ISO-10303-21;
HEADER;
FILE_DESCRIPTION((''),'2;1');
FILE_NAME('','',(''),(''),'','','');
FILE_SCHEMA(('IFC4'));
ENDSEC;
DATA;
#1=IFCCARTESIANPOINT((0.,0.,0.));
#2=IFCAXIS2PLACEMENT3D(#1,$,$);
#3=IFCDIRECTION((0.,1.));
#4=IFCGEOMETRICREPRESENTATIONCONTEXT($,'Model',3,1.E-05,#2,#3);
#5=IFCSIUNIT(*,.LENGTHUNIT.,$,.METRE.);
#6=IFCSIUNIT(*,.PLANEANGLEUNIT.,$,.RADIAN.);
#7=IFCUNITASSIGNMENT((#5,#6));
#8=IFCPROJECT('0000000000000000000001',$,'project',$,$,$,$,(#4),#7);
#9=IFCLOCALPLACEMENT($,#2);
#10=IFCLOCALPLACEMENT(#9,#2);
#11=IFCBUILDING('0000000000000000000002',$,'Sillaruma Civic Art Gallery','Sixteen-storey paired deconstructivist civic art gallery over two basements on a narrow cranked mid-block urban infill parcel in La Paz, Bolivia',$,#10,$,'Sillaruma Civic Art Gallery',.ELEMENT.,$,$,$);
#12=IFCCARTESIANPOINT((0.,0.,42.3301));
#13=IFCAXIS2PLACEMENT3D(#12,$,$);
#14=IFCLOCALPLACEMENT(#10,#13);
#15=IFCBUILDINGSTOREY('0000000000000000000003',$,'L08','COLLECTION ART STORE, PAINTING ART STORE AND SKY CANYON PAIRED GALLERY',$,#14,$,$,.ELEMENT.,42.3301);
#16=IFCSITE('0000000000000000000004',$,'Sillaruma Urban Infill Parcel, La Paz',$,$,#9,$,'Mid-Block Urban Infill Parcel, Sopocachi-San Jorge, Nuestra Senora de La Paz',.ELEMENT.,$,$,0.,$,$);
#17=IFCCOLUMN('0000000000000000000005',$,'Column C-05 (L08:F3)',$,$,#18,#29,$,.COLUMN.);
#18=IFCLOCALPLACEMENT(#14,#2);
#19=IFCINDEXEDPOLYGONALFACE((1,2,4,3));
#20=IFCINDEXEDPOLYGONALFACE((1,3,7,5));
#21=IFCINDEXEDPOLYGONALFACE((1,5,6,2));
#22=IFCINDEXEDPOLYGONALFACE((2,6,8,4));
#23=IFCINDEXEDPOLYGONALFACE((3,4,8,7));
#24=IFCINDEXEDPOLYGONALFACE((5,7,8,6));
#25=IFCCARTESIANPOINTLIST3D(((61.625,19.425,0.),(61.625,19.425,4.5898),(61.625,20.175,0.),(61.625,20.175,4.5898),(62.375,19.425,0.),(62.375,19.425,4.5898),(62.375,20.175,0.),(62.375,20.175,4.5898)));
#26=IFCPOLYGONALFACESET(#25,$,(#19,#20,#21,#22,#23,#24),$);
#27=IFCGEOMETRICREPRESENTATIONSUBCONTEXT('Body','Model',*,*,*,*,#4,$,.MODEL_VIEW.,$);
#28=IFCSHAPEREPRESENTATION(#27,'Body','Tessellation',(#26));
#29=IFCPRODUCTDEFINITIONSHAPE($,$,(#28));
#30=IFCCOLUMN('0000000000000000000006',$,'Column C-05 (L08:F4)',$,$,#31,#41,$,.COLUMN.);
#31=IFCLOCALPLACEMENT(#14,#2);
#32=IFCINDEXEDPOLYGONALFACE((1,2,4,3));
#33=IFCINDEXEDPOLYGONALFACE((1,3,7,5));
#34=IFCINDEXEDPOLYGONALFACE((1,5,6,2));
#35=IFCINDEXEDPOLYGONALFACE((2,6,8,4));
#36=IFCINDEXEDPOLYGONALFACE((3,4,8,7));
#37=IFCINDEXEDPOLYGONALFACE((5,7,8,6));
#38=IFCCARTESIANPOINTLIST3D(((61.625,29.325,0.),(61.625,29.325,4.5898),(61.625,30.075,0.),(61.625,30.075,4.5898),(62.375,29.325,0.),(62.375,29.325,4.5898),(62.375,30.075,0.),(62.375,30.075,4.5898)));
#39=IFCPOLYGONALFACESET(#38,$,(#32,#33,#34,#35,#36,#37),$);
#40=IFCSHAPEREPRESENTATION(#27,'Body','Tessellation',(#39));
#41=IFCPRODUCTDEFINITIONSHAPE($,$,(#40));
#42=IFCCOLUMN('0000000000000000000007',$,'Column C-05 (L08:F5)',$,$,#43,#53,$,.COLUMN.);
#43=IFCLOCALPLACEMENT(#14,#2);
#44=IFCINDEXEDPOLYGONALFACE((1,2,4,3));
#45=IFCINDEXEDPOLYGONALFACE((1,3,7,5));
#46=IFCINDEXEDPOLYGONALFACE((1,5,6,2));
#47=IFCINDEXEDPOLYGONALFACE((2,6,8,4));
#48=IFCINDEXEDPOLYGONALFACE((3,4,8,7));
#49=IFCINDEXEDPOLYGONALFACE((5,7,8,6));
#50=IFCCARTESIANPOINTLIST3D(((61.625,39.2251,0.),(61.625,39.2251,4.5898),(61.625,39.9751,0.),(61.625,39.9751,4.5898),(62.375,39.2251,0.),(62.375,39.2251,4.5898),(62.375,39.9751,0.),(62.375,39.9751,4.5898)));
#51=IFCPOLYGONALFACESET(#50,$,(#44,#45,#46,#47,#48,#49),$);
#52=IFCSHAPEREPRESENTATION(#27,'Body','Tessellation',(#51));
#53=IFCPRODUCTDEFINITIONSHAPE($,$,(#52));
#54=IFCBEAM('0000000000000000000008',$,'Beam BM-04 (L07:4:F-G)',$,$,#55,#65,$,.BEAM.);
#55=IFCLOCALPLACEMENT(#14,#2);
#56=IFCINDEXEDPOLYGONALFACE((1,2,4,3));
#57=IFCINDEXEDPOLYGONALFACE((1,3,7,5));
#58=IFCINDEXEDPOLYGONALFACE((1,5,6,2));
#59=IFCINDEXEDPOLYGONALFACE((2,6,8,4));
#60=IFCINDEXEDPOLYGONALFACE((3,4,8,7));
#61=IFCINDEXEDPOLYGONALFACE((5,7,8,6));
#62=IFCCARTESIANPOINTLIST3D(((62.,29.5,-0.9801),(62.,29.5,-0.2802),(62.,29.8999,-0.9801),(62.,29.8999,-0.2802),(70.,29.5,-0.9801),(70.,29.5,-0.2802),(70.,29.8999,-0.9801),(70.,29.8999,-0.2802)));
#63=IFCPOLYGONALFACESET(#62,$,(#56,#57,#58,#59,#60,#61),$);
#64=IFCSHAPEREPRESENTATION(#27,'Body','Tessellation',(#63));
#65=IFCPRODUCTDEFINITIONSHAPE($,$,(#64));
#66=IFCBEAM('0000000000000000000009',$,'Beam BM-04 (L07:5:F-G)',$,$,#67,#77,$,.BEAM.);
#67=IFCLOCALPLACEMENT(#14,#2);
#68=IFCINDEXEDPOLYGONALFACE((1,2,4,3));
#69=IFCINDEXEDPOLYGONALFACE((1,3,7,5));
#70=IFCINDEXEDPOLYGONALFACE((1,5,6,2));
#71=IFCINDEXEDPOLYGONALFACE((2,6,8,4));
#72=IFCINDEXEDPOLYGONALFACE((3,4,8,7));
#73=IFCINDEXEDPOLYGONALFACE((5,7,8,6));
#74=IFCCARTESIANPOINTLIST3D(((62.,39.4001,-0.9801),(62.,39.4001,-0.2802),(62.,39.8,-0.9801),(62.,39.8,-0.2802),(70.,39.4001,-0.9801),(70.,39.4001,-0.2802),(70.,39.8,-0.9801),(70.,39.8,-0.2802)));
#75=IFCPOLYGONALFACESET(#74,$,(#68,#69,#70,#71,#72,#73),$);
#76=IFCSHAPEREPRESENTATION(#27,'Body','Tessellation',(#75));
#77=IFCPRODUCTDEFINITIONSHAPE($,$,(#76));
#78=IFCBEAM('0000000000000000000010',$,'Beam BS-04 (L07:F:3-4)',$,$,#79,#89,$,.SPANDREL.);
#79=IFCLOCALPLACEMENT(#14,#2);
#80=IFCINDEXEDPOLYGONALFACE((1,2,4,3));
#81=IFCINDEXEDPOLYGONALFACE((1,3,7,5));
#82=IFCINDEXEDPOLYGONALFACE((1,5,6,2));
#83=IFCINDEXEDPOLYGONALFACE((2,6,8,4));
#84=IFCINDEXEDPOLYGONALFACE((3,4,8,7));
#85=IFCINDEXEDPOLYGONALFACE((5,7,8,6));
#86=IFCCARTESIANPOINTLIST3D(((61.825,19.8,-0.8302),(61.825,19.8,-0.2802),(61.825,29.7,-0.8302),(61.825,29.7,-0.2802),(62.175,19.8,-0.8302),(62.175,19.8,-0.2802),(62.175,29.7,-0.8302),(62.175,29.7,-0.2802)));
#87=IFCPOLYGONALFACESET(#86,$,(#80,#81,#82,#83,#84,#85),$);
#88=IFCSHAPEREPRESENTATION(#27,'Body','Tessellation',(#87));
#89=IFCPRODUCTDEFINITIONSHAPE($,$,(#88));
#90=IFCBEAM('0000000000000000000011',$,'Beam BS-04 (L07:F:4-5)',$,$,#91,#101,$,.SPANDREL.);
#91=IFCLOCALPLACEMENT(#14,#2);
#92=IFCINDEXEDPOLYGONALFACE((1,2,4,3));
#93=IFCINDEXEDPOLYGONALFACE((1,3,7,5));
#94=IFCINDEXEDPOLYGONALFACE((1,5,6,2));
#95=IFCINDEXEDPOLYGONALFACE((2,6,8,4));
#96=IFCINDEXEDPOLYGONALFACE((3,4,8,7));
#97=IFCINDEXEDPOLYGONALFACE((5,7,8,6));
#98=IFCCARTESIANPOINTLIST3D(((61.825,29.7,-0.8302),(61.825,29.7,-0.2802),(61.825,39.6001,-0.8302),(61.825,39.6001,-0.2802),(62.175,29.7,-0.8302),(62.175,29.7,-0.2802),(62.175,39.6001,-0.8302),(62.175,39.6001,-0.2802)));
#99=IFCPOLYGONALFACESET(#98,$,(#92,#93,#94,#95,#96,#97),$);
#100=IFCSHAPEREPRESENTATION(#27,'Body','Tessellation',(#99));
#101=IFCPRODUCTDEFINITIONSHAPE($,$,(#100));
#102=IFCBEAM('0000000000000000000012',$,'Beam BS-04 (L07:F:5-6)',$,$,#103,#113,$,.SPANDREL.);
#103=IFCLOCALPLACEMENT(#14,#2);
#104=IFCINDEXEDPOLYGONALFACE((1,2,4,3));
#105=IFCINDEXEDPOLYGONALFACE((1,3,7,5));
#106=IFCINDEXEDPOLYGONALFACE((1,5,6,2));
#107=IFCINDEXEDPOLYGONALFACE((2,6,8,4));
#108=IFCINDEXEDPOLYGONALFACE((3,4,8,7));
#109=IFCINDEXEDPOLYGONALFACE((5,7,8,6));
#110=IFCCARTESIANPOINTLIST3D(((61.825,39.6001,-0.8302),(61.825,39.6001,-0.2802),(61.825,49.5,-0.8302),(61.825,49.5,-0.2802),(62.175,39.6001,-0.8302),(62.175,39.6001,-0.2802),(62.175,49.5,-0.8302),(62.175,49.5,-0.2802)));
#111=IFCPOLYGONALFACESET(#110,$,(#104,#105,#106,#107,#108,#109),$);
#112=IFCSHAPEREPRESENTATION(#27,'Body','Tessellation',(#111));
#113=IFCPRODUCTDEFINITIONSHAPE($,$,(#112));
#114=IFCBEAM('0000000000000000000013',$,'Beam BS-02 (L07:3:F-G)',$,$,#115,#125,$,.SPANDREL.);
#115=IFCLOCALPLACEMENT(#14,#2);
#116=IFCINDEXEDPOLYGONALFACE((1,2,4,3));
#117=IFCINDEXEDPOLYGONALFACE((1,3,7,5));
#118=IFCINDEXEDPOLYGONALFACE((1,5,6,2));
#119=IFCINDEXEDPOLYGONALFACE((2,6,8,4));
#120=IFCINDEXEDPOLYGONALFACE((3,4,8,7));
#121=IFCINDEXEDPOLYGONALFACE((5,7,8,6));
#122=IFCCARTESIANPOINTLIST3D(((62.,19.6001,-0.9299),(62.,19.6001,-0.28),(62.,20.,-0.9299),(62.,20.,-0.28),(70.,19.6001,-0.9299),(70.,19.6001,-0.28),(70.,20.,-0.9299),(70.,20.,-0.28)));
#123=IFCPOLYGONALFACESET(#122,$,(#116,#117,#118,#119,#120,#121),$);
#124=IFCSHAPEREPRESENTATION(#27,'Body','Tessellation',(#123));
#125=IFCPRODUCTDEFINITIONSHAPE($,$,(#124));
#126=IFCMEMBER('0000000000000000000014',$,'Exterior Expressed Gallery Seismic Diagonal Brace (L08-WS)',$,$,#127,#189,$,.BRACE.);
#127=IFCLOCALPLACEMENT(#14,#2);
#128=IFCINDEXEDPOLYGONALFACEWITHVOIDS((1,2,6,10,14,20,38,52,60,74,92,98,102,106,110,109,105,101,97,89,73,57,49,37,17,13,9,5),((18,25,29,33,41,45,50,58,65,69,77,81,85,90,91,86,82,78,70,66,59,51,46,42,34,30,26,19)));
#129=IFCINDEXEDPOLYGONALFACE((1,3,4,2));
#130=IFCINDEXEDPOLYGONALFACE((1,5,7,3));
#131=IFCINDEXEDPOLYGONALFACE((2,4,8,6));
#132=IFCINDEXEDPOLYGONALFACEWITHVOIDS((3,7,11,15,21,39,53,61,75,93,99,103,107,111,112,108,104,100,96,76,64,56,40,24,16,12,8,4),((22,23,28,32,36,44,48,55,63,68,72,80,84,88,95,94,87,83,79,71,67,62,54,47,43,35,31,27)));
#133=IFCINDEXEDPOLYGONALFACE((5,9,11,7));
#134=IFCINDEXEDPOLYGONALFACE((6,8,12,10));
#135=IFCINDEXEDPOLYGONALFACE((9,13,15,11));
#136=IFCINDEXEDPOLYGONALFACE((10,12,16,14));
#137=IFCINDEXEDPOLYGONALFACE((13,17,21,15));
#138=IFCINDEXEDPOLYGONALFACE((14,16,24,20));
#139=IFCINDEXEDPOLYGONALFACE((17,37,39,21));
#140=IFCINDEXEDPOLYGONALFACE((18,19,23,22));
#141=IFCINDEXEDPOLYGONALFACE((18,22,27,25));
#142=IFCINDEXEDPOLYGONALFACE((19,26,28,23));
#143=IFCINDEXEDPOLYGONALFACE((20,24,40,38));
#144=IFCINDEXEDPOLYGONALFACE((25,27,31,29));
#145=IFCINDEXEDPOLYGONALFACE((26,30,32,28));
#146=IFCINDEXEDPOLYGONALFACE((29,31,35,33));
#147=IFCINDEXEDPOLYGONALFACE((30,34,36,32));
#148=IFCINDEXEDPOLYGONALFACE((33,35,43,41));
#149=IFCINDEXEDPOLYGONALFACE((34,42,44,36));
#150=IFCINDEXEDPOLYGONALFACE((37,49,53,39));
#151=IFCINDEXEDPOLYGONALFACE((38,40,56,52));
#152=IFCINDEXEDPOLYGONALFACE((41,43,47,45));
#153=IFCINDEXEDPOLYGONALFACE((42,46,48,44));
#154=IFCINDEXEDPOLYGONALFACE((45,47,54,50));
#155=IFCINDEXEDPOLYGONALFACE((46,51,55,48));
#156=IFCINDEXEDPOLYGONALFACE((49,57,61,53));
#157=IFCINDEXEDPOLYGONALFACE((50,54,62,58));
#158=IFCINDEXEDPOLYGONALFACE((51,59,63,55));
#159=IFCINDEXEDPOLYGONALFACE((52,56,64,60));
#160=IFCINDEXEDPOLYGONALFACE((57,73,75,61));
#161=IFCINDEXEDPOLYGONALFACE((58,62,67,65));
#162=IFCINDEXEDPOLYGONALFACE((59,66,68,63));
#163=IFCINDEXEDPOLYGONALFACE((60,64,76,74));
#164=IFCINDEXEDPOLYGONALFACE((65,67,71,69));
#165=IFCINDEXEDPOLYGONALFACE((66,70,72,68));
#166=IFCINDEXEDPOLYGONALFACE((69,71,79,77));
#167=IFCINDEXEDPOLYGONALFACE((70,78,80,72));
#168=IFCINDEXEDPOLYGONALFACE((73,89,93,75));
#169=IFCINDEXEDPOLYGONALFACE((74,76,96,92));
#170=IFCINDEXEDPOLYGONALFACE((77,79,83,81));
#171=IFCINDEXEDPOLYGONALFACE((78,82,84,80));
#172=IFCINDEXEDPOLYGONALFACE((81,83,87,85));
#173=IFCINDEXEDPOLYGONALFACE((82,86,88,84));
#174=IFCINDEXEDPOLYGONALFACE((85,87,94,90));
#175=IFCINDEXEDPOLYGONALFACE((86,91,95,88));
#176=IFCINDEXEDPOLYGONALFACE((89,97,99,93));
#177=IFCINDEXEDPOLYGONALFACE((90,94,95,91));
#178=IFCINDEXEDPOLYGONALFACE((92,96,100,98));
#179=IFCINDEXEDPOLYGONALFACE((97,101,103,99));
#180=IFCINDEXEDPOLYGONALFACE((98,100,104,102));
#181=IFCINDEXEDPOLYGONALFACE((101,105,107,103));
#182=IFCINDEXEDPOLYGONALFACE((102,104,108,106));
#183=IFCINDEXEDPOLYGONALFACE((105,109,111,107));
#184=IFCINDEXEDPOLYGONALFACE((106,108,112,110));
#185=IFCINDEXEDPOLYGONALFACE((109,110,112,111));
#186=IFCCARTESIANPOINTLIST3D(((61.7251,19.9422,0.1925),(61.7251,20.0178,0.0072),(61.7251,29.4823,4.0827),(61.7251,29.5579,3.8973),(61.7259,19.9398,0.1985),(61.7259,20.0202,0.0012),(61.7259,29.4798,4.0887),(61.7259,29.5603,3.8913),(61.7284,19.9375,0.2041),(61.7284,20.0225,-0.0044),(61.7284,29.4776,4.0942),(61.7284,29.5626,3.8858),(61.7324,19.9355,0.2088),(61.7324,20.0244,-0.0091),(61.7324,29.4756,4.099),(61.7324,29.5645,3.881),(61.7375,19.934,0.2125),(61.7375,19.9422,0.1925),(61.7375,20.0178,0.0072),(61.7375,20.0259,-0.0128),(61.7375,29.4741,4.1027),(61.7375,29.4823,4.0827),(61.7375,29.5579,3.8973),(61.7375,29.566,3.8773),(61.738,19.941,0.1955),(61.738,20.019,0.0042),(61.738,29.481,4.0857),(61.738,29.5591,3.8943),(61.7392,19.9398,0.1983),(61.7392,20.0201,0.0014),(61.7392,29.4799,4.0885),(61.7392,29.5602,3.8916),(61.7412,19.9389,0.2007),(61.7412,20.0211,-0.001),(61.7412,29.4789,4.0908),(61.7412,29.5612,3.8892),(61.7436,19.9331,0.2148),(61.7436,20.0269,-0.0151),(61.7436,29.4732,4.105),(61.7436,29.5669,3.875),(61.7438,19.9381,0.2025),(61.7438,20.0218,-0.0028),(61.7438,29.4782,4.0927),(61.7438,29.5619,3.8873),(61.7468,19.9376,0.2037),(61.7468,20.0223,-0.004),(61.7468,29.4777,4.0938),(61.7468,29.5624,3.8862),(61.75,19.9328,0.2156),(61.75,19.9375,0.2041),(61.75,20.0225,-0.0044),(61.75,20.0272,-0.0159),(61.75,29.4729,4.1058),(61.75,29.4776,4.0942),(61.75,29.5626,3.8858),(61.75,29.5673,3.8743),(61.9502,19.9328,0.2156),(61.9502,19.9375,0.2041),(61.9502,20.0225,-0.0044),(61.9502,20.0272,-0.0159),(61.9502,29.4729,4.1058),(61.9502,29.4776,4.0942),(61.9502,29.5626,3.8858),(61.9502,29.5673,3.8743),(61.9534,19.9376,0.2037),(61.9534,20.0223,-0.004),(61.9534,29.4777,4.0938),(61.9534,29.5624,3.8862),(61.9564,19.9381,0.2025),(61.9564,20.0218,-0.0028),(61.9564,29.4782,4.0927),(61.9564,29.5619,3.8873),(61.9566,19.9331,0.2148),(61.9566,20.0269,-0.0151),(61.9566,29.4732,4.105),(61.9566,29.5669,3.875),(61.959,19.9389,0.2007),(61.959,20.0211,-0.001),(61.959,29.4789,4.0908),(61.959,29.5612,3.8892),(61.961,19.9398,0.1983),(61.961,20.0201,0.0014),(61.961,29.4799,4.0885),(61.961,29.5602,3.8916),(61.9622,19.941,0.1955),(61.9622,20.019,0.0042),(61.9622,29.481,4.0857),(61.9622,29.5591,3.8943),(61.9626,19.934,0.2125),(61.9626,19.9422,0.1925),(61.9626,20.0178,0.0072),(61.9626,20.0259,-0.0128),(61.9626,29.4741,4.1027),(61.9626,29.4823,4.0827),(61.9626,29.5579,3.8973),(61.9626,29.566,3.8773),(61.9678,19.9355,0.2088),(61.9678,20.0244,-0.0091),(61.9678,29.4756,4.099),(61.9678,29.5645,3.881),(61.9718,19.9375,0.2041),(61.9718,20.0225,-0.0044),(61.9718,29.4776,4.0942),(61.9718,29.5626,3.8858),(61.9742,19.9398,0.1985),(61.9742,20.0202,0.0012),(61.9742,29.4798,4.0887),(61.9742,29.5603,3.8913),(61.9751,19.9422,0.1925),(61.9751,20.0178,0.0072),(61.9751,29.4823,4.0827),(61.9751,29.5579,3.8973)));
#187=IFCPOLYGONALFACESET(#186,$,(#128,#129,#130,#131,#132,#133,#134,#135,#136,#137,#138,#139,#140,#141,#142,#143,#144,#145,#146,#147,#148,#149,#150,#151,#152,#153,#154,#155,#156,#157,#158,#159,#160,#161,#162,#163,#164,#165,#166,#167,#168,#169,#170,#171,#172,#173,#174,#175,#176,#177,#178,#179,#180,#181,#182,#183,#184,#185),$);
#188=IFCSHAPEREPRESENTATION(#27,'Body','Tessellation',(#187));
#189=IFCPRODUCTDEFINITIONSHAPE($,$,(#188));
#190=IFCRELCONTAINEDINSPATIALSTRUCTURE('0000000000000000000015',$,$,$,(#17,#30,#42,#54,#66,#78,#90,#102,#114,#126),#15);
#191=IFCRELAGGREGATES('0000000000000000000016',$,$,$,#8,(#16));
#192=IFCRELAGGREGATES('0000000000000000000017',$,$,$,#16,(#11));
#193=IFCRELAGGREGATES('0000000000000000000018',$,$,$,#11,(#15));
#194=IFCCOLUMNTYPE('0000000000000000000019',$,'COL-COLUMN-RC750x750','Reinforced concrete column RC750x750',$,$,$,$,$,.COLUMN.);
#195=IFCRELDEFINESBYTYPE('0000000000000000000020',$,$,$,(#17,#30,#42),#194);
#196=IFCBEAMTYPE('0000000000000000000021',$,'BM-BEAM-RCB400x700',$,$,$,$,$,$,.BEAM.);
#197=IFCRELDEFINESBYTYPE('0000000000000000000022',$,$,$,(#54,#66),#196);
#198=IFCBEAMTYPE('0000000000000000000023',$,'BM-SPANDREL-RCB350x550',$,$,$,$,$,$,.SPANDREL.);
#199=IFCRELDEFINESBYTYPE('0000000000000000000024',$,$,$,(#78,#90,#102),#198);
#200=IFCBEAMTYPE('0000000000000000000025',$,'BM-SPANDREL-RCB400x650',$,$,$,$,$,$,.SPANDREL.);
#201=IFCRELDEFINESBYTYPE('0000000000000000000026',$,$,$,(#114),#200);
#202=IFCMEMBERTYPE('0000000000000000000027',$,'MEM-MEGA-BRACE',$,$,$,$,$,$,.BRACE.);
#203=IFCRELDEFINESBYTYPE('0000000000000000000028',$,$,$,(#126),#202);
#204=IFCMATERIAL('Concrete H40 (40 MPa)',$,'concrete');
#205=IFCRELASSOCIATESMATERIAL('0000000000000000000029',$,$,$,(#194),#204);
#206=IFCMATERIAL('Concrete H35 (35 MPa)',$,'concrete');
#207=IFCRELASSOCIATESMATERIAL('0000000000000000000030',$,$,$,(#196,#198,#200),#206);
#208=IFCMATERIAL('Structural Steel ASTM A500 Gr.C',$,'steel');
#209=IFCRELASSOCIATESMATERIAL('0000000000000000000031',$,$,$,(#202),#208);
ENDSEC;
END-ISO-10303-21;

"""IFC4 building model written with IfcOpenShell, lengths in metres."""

from ifc_helpers import new_model, si_unit, direction, frame, origin, origin_2d, place, context, subcontext, project, spatial, rectangle, hollow_rectangle, extrude, material, material_profile, profile_set, type_object, element, save


model = new_model("IFC4")

# Units and contexts
model_context = context("Model", 3, precision=1e-05, world=origin(), true_north=direction((0.0, 1.0)))
body_context = subcontext(model_context, "Body", "Model", "MODEL_VIEW")
ifc_project = project(units=[si_unit("LENGTHUNIT", "METRE"), si_unit("PLANEANGLEUNIT", "RADIAN")], contexts=[model_context])

# Site, building, storey
site_placement = place(None, origin())
site = spatial("IfcSite", under=ifc_project, at=site_placement, Name="Sillaruma Urban Infill Parcel, La Paz", LongName="Mid-Block Urban Infill Parcel, Sopocachi-San Jorge, Nuestra Senora de La Paz", CompositionType="ELEMENT", RefElevation=0.0)
building_placement = place(site_placement, origin())
building = spatial("IfcBuilding", under=site, at=building_placement, Name="Sillaruma Civic Art Gallery", Description="Sixteen-storey paired deconstructivist civic art gallery over two basements on a narrow cranked mid-block urban infill parcel in La Paz, Bolivia", LongName="Sillaruma Civic Art Gallery", CompositionType="ELEMENT")
storey_placement = place(building_placement, frame((0.0, 0.0, 42.3301)))
storey = spatial("IfcBuildingStorey", under=building, at=storey_placement, Name="L08", Description="COLLECTION ART STORE, PAINTING ART STORE AND SKY CANYON PAIRED GALLERY", CompositionType="ELEMENT", Elevation=42.3301)

# Columns
ifc_material_1 = material(Name="Concrete H40 (40 MPa)", Category="concrete")
ifc_material_profile_1 = material_profile(ifc_material_1, rectangle(XDim=0.75, YDim=0.75, at=origin_2d()), Name="RC750x750")
ifc_profile_set_1 = profile_set([ifc_material_profile_1], Name="Concrete H40 (40 MPa)")
column_type = type_object("IfcColumnType", Name="COL-COLUMN-RC750x750", Description="Reinforced concrete column RC750x750", PredefinedType="COLUMN", material=ifc_profile_set_1)
for number, where, z_axis, x_axis, name in (
    (1, (62.0, 19.8, 0.0), (0.0, 0.0, 1.0), (1.0, 0.0, 0.0), "Column C-05 (L08:F3)"),
    (2, (62.0, 29.7, 0.0), (0.0, 0.0, 1.0), (1.0, 0.0, 0.0), "Column C-05 (L08:F4)"),
    (3, (62.0, 39.6001, 0.0), (0.0, 0.0, 1.0), (1.0, 0.0, 0.0), "Column C-05 (L08:F5)"),
):
    element("IfcColumn", number, at=place(storey_placement, frame(where, z_axis=z_axis, x_axis=x_axis)), inside=storey, type_object=column_type, Name=name, PredefinedType="COLUMN", context=body_context, shape_type="SweptSolid", body=[
        extrude(rectangle(XDim=0.75, YDim=0.75, at=origin_2d()), origin(), (0.0, 0.0, 1.0), 4.5898),
    ])

# Beams
ifc_material_2 = material(Name="Concrete H35 (35 MPa)", Category="concrete")
ifc_material_profile_2 = material_profile(ifc_material_2, rectangle(XDim=0.3999, YDim=0.7, at=origin_2d()), Name="RCB400x700")
ifc_profile_set_2 = profile_set([ifc_material_profile_2], Name="Concrete H35 (35 MPa)")
beam_type_1 = type_object("IfcBeamType", Name="BM-BEAM-RCB400x700", PredefinedType="BEAM", material=ifc_profile_set_2)
for number, where, z_axis, x_axis, name in (
    (4, (62.0, 29.7, -0.6301), (1.0, 0.0, 0.0), (0.0, 1.0, 0.0), "Beam BM-04 (L07:4:F-G)"),
    (5, (62.0, 39.6001, -0.6301), (1.0, 0.0, 0.0), (0.0, 1.0, 0.0), "Beam BM-04 (L07:5:F-G)"),
):
    element("IfcBeam", number, at=place(storey_placement, frame(where, z_axis=z_axis, x_axis=x_axis)), inside=storey, type_object=beam_type_1, Name=name, PredefinedType="BEAM", context=body_context, shape_type="SweptSolid", body=[
        extrude(rectangle(XDim=0.3999, YDim=0.7, at=origin_2d()), origin(), (0.0, 0.0, 1.0), 8.0),
    ])
ifc_material_profile_3 = material_profile(ifc_material_2, rectangle(XDim=0.3501, YDim=0.55, at=origin_2d()), Name="RCB350x550")
ifc_profile_set_3 = profile_set([ifc_material_profile_3], Name="Concrete H35 (35 MPa)")
beam_type_2 = type_object("IfcBeamType", Name="BM-SPANDREL-RCB350x550", PredefinedType="SPANDREL", material=ifc_profile_set_3)
beam_1_placement = place(storey_placement, frame((62.0, 19.8, -0.5552), z_axis=(0.0, 1.0, 0.0), x_axis=(-1.0, 0.0, 0.0)))
element("IfcBeam", 6, at=beam_1_placement, inside=storey, type_object=beam_type_2, Name="Beam BS-04 (L07:F:3-4)", PredefinedType="SPANDREL", context=body_context, shape_type="SweptSolid", body=[
    extrude(rectangle(XDim=0.3501, YDim=0.55, at=origin_2d()), origin(), (0.0, 0.0, 1.0), 9.8999),
])
beam_2_placement = place(storey_placement, frame((62.0, 29.7, -0.5552), z_axis=(0.0, 1.0, 0.0), x_axis=(-1.0, 0.0, 0.0)))
element("IfcBeam", 7, at=beam_2_placement, inside=storey, type_object=beam_type_2, Name="Beam BS-04 (L07:F:4-5)", PredefinedType="SPANDREL", context=body_context, shape_type="SweptSolid", body=[
    extrude(rectangle(XDim=0.3501, YDim=0.55, at=origin_2d()), origin(), (0.0, 0.0, 1.0), 9.9001),
])
beam_3_placement = place(storey_placement, frame((62.0, 39.6001, -0.5552), z_axis=(0.0, 1.0, 0.0), x_axis=(-1.0, 0.0, 0.0)))
element("IfcBeam", 8, at=beam_3_placement, inside=storey, type_object=beam_type_2, Name="Beam BS-04 (L07:F:5-6)", PredefinedType="SPANDREL", context=body_context, shape_type="SweptSolid", body=[
    extrude(rectangle(XDim=0.3501, YDim=0.55, at=origin_2d()), origin(), (0.0, 0.0, 1.0), 9.8999),
])
ifc_material_profile_4 = material_profile(ifc_material_2, rectangle(XDim=0.3999, YDim=0.6499, at=origin_2d()), Name="RCB400x650")
ifc_profile_set_4 = profile_set([ifc_material_profile_4], Name="Concrete H35 (35 MPa)")
beam_type_3 = type_object("IfcBeamType", Name="BM-SPANDREL-RCB400x650", PredefinedType="SPANDREL", material=ifc_profile_set_4)
beam_4_placement = place(storey_placement, frame((62.0, 19.8, -0.605), z_axis=(1.0, 0.0, 0.0), x_axis=(0.0, 1.0, 0.0)))
element("IfcBeam", 9, at=beam_4_placement, inside=storey, type_object=beam_type_3, Name="Beam BS-02 (L07:3:F-G)", PredefinedType="SPANDREL", context=body_context, shape_type="SweptSolid", body=[
    extrude(rectangle(XDim=0.3999, YDim=0.6499, at=origin_2d()), origin(), (0.0, 0.0, 1.0), 8.0),
])

# Member
ifc_material_3 = material(Name="Structural Steel ASTM A500 Gr.C", Category="steel")
ifc_material_profile_5 = material_profile(ifc_material_3, hollow_rectangle(XDim=0.25, YDim=0.25, WallThickness=0.0125, InnerFilletRadius=0.0125, OuterFilletRadius=0.0249, at=origin_2d()), Name="HSS250x250x12.5")
ifc_profile_set_5 = profile_set([ifc_material_profile_5], Name="Structural Steel ASTM A500 Gr.C")
member_type_1 = type_object("IfcMemberType", Name="MEM-MEGA-BRACE", PredefinedType="BRACE", material=ifc_profile_set_5)
member_1_placement = place(storey_placement, frame((61.8501, 19.98, 0.0999), z_axis=(0.0, 0.925975, 0.377584), x_axis=(-1.0, 0.0, 0.0)))
element("IfcMember", 10, at=member_1_placement, inside=storey, type_object=member_type_1, Name="Exterior Expressed Gallery Seismic Diagonal Brace (L08-WS)", PredefinedType="BRACE", context=body_context, shape_type="SweptSolid", body=[
    extrude(hollow_rectangle(XDim=0.25, YDim=0.25, WallThickness=0.0125, InnerFilletRadius=0.0125, OuterFilletRadius=0.0249, at=origin_2d()), origin(), (0.0, 0.0, 1.0), 10.3027),
])

save(model, "model.ifc")
